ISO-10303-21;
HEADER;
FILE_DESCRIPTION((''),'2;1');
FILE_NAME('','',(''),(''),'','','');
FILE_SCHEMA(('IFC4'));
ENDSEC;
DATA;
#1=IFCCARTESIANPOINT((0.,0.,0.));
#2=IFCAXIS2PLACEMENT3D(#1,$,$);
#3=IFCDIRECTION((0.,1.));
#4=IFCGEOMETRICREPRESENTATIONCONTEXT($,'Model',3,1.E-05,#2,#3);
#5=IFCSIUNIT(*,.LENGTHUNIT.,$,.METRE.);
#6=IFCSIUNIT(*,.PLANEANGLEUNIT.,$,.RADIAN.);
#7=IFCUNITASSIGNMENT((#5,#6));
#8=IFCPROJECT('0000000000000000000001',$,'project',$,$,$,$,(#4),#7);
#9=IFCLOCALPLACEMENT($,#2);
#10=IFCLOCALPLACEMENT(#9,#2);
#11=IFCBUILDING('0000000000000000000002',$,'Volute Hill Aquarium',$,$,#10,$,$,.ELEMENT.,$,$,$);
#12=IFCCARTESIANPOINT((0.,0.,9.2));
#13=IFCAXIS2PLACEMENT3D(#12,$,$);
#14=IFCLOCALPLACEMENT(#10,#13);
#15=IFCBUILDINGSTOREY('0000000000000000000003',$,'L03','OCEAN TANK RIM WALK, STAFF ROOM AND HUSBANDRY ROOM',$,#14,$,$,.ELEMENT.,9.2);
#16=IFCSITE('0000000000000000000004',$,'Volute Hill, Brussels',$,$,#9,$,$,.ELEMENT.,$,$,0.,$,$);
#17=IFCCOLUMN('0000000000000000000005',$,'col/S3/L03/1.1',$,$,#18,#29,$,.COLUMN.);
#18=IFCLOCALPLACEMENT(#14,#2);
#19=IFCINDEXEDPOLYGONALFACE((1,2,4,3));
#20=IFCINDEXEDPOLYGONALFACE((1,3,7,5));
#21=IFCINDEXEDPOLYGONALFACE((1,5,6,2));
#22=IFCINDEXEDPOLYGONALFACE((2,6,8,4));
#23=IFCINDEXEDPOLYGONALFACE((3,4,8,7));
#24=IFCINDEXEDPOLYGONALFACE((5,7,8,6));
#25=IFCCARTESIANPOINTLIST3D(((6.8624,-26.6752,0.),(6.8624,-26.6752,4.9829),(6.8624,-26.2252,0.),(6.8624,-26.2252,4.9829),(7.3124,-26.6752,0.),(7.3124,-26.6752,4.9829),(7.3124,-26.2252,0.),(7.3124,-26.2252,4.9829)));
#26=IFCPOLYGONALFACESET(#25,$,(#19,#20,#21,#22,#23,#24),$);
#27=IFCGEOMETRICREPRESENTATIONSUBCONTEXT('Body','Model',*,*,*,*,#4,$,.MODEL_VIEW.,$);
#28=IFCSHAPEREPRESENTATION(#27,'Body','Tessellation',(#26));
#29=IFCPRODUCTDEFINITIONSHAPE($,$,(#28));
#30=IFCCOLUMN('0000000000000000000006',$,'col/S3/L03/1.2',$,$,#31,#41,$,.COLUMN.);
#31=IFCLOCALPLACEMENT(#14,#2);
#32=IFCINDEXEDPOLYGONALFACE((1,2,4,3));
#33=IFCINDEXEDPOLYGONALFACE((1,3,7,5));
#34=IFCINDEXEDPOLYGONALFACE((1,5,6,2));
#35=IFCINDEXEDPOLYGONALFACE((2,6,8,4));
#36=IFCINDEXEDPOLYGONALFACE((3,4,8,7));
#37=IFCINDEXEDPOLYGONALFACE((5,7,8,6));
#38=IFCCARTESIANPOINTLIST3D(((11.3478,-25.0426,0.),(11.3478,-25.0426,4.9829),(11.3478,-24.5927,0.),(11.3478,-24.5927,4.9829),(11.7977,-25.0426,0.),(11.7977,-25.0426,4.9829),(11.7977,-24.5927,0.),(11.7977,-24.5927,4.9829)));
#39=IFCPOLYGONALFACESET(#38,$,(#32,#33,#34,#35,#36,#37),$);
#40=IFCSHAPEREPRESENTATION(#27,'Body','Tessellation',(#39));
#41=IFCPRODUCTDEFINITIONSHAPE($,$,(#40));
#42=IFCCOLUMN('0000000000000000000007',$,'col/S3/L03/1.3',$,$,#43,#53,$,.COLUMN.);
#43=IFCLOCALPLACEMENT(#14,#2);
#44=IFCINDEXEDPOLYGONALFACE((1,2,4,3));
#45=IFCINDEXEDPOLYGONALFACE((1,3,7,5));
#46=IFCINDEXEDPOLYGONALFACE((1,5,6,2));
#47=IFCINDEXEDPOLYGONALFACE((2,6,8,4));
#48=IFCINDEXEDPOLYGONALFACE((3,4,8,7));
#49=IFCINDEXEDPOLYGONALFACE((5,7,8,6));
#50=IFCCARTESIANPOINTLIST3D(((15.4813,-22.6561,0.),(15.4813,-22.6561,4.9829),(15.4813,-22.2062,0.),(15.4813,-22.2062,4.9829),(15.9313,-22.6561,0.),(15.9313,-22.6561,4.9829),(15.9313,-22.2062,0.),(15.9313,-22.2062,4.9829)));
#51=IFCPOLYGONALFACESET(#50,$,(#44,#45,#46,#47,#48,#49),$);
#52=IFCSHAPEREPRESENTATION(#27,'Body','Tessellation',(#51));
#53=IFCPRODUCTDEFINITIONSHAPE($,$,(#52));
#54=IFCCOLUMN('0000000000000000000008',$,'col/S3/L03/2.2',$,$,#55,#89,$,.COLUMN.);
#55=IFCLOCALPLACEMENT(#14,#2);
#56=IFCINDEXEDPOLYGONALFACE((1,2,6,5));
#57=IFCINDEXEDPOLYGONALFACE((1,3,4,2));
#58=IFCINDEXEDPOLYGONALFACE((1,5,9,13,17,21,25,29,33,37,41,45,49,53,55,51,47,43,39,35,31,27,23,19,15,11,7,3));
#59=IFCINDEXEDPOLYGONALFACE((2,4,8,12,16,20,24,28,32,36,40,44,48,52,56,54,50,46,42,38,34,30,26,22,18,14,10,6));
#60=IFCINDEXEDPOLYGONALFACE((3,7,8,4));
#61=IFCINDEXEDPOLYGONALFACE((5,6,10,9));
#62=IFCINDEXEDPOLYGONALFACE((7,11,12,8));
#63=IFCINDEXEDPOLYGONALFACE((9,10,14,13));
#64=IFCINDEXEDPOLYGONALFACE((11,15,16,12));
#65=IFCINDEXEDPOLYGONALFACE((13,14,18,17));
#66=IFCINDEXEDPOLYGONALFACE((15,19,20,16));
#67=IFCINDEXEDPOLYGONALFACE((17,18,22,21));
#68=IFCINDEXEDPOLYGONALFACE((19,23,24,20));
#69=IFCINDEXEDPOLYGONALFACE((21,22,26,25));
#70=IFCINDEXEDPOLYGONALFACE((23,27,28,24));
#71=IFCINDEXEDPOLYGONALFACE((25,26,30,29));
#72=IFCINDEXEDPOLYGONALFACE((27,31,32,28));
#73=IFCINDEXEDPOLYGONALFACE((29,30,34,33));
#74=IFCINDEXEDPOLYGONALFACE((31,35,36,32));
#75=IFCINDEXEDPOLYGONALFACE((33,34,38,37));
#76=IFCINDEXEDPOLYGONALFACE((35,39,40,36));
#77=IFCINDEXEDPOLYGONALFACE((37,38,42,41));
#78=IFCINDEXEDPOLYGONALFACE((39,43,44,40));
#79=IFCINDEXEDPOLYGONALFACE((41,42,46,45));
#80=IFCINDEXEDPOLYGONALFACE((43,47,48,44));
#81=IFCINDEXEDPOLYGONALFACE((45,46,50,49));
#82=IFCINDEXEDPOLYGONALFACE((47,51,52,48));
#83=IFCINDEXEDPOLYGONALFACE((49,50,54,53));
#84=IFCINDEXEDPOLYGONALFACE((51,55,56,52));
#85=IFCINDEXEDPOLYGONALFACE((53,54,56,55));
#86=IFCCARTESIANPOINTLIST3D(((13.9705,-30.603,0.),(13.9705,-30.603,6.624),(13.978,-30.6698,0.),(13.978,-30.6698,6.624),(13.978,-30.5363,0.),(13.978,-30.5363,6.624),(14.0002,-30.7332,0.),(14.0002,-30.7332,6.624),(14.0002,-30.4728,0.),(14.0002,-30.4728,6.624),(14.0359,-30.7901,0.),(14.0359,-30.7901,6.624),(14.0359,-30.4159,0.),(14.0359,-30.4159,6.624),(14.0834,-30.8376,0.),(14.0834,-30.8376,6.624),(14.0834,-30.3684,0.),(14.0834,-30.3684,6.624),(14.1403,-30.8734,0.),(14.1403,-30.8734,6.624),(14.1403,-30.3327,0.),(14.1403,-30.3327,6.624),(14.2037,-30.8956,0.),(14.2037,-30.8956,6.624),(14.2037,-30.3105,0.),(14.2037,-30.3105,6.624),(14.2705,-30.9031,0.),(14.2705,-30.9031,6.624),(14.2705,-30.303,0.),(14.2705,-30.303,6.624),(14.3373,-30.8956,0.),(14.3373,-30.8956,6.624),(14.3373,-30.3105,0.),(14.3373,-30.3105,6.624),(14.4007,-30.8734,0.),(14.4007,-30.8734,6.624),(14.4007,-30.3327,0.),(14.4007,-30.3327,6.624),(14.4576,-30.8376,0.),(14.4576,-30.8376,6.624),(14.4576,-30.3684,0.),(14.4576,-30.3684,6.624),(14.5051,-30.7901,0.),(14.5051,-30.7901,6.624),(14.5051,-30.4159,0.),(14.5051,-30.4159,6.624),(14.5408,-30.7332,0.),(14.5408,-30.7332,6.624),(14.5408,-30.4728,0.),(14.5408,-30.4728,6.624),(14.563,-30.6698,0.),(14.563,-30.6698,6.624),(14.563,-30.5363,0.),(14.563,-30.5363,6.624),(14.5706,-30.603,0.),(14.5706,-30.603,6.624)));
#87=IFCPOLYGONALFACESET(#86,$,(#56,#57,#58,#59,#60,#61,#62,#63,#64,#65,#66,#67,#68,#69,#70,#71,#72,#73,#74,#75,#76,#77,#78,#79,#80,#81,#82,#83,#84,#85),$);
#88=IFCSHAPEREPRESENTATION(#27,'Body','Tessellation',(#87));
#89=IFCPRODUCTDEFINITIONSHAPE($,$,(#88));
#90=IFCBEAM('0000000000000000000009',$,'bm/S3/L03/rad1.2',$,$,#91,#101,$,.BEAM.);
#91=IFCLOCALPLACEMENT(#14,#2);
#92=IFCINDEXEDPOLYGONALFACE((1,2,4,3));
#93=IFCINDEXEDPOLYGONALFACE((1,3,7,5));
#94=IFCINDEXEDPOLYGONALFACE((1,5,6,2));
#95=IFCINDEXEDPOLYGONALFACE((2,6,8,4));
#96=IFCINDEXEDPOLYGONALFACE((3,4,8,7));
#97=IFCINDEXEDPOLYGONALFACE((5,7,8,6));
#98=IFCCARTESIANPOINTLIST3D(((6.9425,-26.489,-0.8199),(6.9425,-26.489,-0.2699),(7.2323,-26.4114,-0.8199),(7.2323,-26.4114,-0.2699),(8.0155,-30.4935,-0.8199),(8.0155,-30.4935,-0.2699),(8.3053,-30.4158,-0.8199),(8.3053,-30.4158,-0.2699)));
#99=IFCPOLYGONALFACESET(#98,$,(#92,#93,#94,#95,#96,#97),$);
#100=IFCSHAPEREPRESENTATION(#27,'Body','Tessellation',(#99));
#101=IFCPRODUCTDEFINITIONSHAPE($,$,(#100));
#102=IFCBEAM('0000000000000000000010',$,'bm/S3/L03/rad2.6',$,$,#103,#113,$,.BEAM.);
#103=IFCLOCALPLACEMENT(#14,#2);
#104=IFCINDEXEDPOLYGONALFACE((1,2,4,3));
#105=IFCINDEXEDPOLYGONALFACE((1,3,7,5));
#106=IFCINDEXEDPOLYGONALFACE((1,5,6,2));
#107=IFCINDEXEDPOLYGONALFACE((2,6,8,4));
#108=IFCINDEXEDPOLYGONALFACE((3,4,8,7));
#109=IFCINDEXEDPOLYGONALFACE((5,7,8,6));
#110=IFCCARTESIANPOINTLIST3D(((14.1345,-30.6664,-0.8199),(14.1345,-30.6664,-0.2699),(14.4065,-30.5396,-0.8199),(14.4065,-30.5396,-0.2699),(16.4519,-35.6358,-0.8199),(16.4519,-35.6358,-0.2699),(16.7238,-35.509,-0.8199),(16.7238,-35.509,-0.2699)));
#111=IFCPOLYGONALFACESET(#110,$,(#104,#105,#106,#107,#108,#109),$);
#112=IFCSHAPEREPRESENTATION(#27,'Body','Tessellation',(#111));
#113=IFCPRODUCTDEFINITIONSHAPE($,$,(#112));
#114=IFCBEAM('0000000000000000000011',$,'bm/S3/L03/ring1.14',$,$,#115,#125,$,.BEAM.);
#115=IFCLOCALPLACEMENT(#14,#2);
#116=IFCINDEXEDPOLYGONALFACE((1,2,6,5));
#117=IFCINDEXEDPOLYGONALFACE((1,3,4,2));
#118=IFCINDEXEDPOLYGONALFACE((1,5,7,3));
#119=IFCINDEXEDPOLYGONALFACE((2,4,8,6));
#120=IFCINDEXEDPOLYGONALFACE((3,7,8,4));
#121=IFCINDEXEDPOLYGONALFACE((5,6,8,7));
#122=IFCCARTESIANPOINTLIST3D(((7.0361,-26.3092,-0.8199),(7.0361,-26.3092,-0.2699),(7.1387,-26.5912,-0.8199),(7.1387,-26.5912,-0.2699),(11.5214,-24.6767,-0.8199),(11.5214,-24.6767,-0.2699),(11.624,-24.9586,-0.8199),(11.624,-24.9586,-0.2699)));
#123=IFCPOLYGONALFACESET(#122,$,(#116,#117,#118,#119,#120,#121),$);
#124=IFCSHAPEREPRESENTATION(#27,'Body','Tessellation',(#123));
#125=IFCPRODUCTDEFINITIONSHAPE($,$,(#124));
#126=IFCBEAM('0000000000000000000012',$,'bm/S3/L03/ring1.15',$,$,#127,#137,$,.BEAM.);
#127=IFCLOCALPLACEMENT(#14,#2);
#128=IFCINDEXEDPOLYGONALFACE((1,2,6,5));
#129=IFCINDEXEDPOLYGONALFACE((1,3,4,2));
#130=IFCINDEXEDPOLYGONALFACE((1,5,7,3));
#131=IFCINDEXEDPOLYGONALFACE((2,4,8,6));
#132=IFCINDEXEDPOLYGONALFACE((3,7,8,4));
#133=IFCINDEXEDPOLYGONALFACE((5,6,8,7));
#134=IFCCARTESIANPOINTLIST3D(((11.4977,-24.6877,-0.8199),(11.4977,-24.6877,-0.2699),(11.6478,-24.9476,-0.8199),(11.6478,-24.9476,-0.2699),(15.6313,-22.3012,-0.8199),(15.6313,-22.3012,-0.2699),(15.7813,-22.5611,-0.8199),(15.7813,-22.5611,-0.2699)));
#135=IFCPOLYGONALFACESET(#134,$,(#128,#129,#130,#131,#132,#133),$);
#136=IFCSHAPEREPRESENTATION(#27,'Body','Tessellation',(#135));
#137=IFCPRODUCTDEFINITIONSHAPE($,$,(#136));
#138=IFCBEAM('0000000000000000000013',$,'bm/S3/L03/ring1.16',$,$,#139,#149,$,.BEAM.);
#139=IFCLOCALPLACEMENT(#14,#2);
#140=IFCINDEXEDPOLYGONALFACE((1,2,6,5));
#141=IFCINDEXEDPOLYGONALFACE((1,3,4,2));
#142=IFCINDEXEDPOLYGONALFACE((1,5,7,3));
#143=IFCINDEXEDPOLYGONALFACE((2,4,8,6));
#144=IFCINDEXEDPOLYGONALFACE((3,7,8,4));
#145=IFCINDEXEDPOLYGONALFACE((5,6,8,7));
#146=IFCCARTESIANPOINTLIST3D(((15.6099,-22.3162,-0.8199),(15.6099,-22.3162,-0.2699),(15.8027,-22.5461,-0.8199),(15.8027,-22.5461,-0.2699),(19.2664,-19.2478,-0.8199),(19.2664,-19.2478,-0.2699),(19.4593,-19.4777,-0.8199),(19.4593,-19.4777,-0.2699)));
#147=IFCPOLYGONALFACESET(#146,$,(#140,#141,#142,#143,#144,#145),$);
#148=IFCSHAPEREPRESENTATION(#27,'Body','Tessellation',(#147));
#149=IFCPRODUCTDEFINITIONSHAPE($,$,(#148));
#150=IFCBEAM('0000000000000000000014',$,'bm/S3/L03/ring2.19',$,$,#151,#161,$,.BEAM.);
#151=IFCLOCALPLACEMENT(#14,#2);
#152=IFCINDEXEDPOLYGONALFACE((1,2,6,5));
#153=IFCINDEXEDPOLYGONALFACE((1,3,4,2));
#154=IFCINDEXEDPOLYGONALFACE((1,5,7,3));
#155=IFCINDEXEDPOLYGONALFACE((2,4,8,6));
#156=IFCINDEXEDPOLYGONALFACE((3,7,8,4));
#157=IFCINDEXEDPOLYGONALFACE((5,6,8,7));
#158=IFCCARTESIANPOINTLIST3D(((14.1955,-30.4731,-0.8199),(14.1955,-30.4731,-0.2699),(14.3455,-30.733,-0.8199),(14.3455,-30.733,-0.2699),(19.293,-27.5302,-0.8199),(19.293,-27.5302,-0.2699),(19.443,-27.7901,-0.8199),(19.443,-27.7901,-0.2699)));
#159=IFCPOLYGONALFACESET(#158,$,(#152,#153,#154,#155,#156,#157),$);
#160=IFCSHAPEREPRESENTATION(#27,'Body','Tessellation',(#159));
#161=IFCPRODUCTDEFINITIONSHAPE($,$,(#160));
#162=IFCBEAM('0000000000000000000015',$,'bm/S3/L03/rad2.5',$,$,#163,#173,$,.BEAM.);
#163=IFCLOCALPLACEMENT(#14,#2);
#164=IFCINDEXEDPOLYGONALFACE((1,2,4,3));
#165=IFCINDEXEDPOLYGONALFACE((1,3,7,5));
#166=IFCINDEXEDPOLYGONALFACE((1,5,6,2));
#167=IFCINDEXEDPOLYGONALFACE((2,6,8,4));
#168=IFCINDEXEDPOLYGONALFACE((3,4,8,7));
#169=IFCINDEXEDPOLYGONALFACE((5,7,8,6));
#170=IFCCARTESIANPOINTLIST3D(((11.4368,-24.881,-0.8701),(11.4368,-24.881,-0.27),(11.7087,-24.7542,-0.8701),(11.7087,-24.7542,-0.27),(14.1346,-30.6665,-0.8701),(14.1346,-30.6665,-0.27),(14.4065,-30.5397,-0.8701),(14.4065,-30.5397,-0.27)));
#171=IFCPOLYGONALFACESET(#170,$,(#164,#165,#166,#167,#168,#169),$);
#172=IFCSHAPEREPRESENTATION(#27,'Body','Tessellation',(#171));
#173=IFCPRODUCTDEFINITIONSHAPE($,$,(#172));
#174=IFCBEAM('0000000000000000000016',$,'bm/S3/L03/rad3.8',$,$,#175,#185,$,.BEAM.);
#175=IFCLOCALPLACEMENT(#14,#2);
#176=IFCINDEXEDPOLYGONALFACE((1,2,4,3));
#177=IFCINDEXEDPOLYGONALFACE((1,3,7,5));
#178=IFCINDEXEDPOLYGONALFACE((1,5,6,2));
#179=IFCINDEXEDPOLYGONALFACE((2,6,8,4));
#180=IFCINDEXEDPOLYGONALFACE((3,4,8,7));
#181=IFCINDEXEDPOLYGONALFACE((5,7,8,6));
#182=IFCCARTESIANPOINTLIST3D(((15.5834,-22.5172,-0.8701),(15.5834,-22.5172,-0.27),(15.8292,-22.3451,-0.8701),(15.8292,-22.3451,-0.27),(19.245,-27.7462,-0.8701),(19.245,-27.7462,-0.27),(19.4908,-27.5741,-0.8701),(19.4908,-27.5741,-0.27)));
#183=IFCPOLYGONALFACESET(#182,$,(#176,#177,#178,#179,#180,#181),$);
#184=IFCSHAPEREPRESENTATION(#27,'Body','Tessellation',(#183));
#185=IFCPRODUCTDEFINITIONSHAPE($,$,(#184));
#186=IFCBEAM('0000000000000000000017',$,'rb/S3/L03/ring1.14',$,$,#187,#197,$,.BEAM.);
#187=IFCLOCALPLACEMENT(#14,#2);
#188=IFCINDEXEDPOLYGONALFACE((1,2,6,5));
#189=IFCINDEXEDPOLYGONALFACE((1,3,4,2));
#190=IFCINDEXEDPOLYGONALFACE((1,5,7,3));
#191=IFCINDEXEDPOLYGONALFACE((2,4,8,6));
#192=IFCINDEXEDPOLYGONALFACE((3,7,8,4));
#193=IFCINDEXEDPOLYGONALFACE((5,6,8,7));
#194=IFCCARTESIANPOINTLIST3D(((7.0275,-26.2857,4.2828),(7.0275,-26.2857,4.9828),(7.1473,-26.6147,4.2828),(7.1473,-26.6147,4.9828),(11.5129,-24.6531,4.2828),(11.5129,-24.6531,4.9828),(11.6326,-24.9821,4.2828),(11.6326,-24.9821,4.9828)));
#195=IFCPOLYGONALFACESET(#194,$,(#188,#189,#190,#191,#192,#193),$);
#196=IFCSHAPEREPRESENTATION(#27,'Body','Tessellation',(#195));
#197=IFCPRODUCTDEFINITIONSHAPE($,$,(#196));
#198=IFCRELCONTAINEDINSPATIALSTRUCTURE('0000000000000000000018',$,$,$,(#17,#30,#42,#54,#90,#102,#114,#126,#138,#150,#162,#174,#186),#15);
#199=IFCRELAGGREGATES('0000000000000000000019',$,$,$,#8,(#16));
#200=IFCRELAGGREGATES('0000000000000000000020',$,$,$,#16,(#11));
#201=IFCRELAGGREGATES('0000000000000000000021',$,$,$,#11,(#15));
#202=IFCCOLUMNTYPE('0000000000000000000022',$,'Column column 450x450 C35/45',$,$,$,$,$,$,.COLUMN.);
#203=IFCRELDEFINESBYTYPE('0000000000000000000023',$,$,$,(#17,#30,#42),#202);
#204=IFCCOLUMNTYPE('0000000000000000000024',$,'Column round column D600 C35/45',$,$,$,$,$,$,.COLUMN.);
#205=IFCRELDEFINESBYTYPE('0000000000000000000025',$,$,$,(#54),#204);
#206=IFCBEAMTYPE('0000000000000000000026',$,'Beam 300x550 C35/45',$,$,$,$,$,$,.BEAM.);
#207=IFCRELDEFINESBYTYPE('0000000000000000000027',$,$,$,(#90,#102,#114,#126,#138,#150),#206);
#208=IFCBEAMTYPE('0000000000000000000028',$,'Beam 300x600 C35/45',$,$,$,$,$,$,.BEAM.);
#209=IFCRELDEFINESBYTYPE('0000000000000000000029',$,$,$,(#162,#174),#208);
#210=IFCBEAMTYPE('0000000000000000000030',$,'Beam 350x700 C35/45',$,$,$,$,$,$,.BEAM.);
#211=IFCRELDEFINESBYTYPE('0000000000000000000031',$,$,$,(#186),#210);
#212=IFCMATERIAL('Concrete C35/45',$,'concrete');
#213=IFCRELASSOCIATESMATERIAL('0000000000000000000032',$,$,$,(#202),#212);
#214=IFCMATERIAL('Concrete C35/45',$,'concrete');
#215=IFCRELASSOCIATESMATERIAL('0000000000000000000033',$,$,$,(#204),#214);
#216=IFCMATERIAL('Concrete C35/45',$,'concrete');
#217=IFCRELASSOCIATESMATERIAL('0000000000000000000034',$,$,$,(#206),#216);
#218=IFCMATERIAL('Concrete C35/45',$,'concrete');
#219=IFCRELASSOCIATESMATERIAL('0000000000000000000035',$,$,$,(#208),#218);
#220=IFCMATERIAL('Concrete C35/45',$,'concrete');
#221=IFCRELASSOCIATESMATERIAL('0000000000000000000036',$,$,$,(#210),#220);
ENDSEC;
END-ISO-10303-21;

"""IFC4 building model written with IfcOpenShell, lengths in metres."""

from ifc_helpers import new_model, si_unit, direction, frame, origin, origin_2d, place, context, subcontext, project, spatial, rectangle, circle, extrude, material, material_profile, profile_set, type_object, element, save


model = new_model("IFC4")

# Units and contexts
model_context = context("Model", 3, precision=1e-05, world=origin(), true_north=direction((0.0, 1.0)))
body_context = subcontext(model_context, "Body", "Model", "MODEL_VIEW")
ifc_project = project(units=[si_unit("LENGTHUNIT", "METRE"), si_unit("PLANEANGLEUNIT", "RADIAN")], contexts=[model_context])

# Site, building, storey
site_placement = place(None, origin())
site = spatial("IfcSite", under=ifc_project, at=site_placement, Name="Volute Hill, Brussels", CompositionType="ELEMENT", RefElevation=0.0)
building_placement = place(site_placement, origin())
building = spatial("IfcBuilding", under=site, at=building_placement, Name="Volute Hill Aquarium", CompositionType="ELEMENT")
storey_placement = place(building_placement, frame((0.0, 0.0, 9.2)))
storey = spatial("IfcBuildingStorey", under=building, at=storey_placement, Name="L03", Description="OCEAN TANK RIM WALK, STAFF ROOM AND HUSBANDRY ROOM", CompositionType="ELEMENT", Elevation=9.2)

# Columns
ifc_material_1 = material(Name="Concrete C35/45", Category="concrete")
ifc_material_profile_1 = material_profile(ifc_material_1, rectangle(XDim=0.45, YDim=0.45, at=origin_2d()), Name="RC column 450x450")
ifc_profile_set_1 = profile_set([ifc_material_profile_1], Name="Concrete C35/45")
column_type_1 = type_object("IfcColumnType", Name="Column column 450x450 C35/45", PredefinedType="COLUMN", material=ifc_profile_set_1)
for number, where, z_axis, x_axis, name in (
    (1, (7.0874, -26.4502, 0.0), (0.0, 0.0, 1.0), (1.0, 0.0, 0.0), "col/S3/L03/1.1"),
    (2, (11.5728, -24.8176, 0.0), (0.0, 0.0, 1.0), (1.0, 0.0, 0.0), "col/S3/L03/1.2"),
    (3, (15.7063, -22.4312, 0.0), (0.0, 0.0, 1.0), (1.0, 0.0, 0.0), "col/S3/L03/1.3"),
):
    element("IfcColumn", number, at=place(storey_placement, frame(where, z_axis=z_axis, x_axis=x_axis)), inside=storey, type_object=column_type_1, Name=name, PredefinedType="COLUMN", context=body_context, shape_type="SweptSolid", body=[
        extrude(rectangle(XDim=0.45, YDim=0.45, at=origin_2d()), origin(), (0.0, 0.0, 1.0), 4.9829),
    ])
ifc_material_2 = material(Name="Concrete C35/45", Category="concrete")
ifc_material_profile_2 = material_profile(ifc_material_2, circle(Radius=0.3, at=origin_2d()), Name="RC round column D600")
ifc_profile_set_2 = profile_set([ifc_material_profile_2], Name="Concrete C35/45")
column_type_2 = type_object("IfcColumnType", Name="Column round column D600 C35/45", PredefinedType="COLUMN", material=ifc_profile_set_2)
column_placement = place(storey_placement, frame((14.2705, -30.603, 0.0), z_axis=(0.0, 0.0, 1.0), x_axis=(1.0, 0.0, 0.0)))
element("IfcColumn", 4, at=column_placement, inside=storey, type_object=column_type_2, Name="col/S3/L03/2.2", PredefinedType="COLUMN", context=body_context, shape_type="SweptSolid", body=[
    extrude(circle(Radius=0.3, at=origin_2d()), origin(), (0.0, 0.0, 1.0), 6.624),
])

# Beams
ifc_material_3 = material(Name="Concrete C35/45", Category="concrete")
ifc_material_profile_3 = material_profile(ifc_material_3, rectangle(XDim=0.3, YDim=0.55, at=origin_2d()), Name="RC beam 300x550")
ifc_profile_set_3 = profile_set([ifc_material_profile_3], Name="Concrete C35/45")
beam_type_1 = type_object("IfcBeamType", Name="Beam 300x550 C35/45", PredefinedType="BEAM", material=ifc_profile_set_3)
beam_1_placement = place(storey_placement, frame((7.0874, -26.4502, -0.5449), z_axis=(0.258824, -0.965924, 0.0), x_axis=(0.965924, 0.258824, 0.0)))
element("IfcBeam", 5, at=beam_1_placement, inside=storey, type_object=beam_type_1, Name="bm/S3/L03/rad1.2", PredefinedType="BEAM", context=body_context, shape_type="SweptSolid", body=[
    extrude(rectangle(XDim=0.3, YDim=0.55, at=origin_2d()), origin(), (0.0, 0.0, 1.0), 4.1458),
])
beam_2_placement = place(storey_placement, frame((14.2705, -30.603, -0.5449), z_axis=(0.42263, -0.906303, 0.0), x_axis=(0.906303, 0.42263, 0.0)))
element("IfcBeam", 6, at=beam_2_placement, inside=storey, type_object=beam_type_1, Name="bm/S3/L03/rad2.6", PredefinedType="BEAM", context=body_context, shape_type="SweptSolid", body=[
    extrude(rectangle(XDim=0.3, YDim=0.55, at=origin_2d()), origin(), (0.0, 0.0, 1.0), 5.4832),
])
beam_3_placement = place(storey_placement, frame((7.0874, -26.4502, -0.5449), z_axis=(0.93969, 0.342026, 0.0), x_axis=(-0.342026, 0.93969, 0.0)))
element("IfcBeam", 7, at=beam_3_placement, inside=storey, type_object=beam_type_1, Name="bm/S3/L03/ring1.14", PredefinedType="BEAM", context=body_context, shape_type="SweptSolid", body=[
    extrude(rectangle(XDim=0.3, YDim=0.55, at=origin_2d()), origin(), (0.0, 0.0, 1.0), 4.7732),
])
beam_4_placement = place(storey_placement, frame((11.5728, -24.8176, -0.5449), z_axis=(0.866028, 0.499995, 0.0), x_axis=(-0.499995, 0.866028, 0.0)))
element("IfcBeam", 8, at=beam_4_placement, inside=storey, type_object=beam_type_1, Name="bm/S3/L03/ring1.15", PredefinedType="BEAM", context=body_context, shape_type="SweptSolid", body=[
    extrude(rectangle(XDim=0.3, YDim=0.55, at=origin_2d()), origin(), (0.0, 0.0, 1.0), 4.7729),
])
beam_5_placement = place(storey_placement, frame((15.7063, -22.4312, -0.5449), z_axis=(0.766024, 0.642812, 0.0), x_axis=(-0.642812, 0.766024, 0.0)))
element("IfcBeam", 9, at=beam_5_placement, inside=storey, type_object=beam_type_1, Name="bm/S3/L03/ring1.16", PredefinedType="BEAM", context=body_context, shape_type="SweptSolid", body=[
    extrude(rectangle(XDim=0.3, YDim=0.55, at=origin_2d()), origin(), (0.0, 0.0, 1.0), 4.7734),
])
beam_6_placement = place(storey_placement, frame((14.2705, -30.603, -0.5449), z_axis=(0.866034, 0.499985, 0.0), x_axis=(-0.499985, 0.866034, 0.0)))
element("IfcBeam", 10, at=beam_6_placement, inside=storey, type_object=beam_type_1, Name="bm/S3/L03/ring2.19", PredefinedType="BEAM", context=body_context, shape_type="SweptSolid", body=[
    extrude(rectangle(XDim=0.3, YDim=0.55, at=origin_2d()), origin(), (0.0, 0.0, 1.0), 5.886),
])
ifc_material_4 = material(Name="Concrete C35/45", Category="concrete")
ifc_material_profile_4 = material_profile(ifc_material_4, rectangle(XDim=0.3, YDim=0.6001, at=origin_2d()), Name="RC beam 300x600")
ifc_profile_set_4 = profile_set([ifc_material_profile_4], Name="Concrete C35/45")
beam_type_2 = type_object("IfcBeamType", Name="Beam 300x600 C35/45", PredefinedType="BEAM", material=ifc_profile_set_4)
for number, where, z_axis, x_axis, name in (
    (11, (11.5728, -24.8176, -0.5701), (0.422615, -0.906309, 0.0), (0.906309, 0.422615, 0.0), "bm/S3/L03/rad2.5"),
    (12, (15.7063, -22.4312, -0.5701), (0.573601, -0.819135, 0.0), (0.819135, 0.573601, 0.0), "bm/S3/L03/rad3.8"),
):
    element("IfcBeam", number, at=place(storey_placement, frame(where, z_axis=z_axis, x_axis=x_axis)), inside=storey, type_object=beam_type_2, Name=name, PredefinedType="BEAM", context=body_context, shape_type="SweptSolid", body=[
        extrude(rectangle(XDim=0.3, YDim=0.6001, at=origin_2d()), origin(), (0.0, 0.0, 1.0), 6.3835),
    ])
ifc_material_5 = material(Name="Concrete C35/45", Category="concrete")
ifc_material_profile_5 = material_profile(ifc_material_5, rectangle(XDim=0.3501, YDim=0.7, at=origin_2d()), Name="RC beam 350x700")
ifc_profile_set_5 = profile_set([ifc_material_profile_5], Name="Concrete C35/45")
beam_type_3 = type_object("IfcBeamType", Name="Beam 350x700 C35/45", PredefinedType="BEAM", material=ifc_profile_set_5)
beam_7_placement = place(storey_placement, frame((7.0874, -26.4502, 4.6328), z_axis=(0.93969, 0.342026, 0.0), x_axis=(-0.342026, 0.93969, 0.0)))
element("IfcBeam", 13, at=beam_7_placement, inside=storey, type_object=beam_type_3, Name="rb/S3/L03/ring1.14", PredefinedType="BEAM", context=body_context, shape_type="SweptSolid", body=[
    extrude(rectangle(XDim=0.3501, YDim=0.7, at=origin_2d()), origin(), (0.0, 0.0, 1.0), 4.7732),
])

save(model, "model.ifc")
